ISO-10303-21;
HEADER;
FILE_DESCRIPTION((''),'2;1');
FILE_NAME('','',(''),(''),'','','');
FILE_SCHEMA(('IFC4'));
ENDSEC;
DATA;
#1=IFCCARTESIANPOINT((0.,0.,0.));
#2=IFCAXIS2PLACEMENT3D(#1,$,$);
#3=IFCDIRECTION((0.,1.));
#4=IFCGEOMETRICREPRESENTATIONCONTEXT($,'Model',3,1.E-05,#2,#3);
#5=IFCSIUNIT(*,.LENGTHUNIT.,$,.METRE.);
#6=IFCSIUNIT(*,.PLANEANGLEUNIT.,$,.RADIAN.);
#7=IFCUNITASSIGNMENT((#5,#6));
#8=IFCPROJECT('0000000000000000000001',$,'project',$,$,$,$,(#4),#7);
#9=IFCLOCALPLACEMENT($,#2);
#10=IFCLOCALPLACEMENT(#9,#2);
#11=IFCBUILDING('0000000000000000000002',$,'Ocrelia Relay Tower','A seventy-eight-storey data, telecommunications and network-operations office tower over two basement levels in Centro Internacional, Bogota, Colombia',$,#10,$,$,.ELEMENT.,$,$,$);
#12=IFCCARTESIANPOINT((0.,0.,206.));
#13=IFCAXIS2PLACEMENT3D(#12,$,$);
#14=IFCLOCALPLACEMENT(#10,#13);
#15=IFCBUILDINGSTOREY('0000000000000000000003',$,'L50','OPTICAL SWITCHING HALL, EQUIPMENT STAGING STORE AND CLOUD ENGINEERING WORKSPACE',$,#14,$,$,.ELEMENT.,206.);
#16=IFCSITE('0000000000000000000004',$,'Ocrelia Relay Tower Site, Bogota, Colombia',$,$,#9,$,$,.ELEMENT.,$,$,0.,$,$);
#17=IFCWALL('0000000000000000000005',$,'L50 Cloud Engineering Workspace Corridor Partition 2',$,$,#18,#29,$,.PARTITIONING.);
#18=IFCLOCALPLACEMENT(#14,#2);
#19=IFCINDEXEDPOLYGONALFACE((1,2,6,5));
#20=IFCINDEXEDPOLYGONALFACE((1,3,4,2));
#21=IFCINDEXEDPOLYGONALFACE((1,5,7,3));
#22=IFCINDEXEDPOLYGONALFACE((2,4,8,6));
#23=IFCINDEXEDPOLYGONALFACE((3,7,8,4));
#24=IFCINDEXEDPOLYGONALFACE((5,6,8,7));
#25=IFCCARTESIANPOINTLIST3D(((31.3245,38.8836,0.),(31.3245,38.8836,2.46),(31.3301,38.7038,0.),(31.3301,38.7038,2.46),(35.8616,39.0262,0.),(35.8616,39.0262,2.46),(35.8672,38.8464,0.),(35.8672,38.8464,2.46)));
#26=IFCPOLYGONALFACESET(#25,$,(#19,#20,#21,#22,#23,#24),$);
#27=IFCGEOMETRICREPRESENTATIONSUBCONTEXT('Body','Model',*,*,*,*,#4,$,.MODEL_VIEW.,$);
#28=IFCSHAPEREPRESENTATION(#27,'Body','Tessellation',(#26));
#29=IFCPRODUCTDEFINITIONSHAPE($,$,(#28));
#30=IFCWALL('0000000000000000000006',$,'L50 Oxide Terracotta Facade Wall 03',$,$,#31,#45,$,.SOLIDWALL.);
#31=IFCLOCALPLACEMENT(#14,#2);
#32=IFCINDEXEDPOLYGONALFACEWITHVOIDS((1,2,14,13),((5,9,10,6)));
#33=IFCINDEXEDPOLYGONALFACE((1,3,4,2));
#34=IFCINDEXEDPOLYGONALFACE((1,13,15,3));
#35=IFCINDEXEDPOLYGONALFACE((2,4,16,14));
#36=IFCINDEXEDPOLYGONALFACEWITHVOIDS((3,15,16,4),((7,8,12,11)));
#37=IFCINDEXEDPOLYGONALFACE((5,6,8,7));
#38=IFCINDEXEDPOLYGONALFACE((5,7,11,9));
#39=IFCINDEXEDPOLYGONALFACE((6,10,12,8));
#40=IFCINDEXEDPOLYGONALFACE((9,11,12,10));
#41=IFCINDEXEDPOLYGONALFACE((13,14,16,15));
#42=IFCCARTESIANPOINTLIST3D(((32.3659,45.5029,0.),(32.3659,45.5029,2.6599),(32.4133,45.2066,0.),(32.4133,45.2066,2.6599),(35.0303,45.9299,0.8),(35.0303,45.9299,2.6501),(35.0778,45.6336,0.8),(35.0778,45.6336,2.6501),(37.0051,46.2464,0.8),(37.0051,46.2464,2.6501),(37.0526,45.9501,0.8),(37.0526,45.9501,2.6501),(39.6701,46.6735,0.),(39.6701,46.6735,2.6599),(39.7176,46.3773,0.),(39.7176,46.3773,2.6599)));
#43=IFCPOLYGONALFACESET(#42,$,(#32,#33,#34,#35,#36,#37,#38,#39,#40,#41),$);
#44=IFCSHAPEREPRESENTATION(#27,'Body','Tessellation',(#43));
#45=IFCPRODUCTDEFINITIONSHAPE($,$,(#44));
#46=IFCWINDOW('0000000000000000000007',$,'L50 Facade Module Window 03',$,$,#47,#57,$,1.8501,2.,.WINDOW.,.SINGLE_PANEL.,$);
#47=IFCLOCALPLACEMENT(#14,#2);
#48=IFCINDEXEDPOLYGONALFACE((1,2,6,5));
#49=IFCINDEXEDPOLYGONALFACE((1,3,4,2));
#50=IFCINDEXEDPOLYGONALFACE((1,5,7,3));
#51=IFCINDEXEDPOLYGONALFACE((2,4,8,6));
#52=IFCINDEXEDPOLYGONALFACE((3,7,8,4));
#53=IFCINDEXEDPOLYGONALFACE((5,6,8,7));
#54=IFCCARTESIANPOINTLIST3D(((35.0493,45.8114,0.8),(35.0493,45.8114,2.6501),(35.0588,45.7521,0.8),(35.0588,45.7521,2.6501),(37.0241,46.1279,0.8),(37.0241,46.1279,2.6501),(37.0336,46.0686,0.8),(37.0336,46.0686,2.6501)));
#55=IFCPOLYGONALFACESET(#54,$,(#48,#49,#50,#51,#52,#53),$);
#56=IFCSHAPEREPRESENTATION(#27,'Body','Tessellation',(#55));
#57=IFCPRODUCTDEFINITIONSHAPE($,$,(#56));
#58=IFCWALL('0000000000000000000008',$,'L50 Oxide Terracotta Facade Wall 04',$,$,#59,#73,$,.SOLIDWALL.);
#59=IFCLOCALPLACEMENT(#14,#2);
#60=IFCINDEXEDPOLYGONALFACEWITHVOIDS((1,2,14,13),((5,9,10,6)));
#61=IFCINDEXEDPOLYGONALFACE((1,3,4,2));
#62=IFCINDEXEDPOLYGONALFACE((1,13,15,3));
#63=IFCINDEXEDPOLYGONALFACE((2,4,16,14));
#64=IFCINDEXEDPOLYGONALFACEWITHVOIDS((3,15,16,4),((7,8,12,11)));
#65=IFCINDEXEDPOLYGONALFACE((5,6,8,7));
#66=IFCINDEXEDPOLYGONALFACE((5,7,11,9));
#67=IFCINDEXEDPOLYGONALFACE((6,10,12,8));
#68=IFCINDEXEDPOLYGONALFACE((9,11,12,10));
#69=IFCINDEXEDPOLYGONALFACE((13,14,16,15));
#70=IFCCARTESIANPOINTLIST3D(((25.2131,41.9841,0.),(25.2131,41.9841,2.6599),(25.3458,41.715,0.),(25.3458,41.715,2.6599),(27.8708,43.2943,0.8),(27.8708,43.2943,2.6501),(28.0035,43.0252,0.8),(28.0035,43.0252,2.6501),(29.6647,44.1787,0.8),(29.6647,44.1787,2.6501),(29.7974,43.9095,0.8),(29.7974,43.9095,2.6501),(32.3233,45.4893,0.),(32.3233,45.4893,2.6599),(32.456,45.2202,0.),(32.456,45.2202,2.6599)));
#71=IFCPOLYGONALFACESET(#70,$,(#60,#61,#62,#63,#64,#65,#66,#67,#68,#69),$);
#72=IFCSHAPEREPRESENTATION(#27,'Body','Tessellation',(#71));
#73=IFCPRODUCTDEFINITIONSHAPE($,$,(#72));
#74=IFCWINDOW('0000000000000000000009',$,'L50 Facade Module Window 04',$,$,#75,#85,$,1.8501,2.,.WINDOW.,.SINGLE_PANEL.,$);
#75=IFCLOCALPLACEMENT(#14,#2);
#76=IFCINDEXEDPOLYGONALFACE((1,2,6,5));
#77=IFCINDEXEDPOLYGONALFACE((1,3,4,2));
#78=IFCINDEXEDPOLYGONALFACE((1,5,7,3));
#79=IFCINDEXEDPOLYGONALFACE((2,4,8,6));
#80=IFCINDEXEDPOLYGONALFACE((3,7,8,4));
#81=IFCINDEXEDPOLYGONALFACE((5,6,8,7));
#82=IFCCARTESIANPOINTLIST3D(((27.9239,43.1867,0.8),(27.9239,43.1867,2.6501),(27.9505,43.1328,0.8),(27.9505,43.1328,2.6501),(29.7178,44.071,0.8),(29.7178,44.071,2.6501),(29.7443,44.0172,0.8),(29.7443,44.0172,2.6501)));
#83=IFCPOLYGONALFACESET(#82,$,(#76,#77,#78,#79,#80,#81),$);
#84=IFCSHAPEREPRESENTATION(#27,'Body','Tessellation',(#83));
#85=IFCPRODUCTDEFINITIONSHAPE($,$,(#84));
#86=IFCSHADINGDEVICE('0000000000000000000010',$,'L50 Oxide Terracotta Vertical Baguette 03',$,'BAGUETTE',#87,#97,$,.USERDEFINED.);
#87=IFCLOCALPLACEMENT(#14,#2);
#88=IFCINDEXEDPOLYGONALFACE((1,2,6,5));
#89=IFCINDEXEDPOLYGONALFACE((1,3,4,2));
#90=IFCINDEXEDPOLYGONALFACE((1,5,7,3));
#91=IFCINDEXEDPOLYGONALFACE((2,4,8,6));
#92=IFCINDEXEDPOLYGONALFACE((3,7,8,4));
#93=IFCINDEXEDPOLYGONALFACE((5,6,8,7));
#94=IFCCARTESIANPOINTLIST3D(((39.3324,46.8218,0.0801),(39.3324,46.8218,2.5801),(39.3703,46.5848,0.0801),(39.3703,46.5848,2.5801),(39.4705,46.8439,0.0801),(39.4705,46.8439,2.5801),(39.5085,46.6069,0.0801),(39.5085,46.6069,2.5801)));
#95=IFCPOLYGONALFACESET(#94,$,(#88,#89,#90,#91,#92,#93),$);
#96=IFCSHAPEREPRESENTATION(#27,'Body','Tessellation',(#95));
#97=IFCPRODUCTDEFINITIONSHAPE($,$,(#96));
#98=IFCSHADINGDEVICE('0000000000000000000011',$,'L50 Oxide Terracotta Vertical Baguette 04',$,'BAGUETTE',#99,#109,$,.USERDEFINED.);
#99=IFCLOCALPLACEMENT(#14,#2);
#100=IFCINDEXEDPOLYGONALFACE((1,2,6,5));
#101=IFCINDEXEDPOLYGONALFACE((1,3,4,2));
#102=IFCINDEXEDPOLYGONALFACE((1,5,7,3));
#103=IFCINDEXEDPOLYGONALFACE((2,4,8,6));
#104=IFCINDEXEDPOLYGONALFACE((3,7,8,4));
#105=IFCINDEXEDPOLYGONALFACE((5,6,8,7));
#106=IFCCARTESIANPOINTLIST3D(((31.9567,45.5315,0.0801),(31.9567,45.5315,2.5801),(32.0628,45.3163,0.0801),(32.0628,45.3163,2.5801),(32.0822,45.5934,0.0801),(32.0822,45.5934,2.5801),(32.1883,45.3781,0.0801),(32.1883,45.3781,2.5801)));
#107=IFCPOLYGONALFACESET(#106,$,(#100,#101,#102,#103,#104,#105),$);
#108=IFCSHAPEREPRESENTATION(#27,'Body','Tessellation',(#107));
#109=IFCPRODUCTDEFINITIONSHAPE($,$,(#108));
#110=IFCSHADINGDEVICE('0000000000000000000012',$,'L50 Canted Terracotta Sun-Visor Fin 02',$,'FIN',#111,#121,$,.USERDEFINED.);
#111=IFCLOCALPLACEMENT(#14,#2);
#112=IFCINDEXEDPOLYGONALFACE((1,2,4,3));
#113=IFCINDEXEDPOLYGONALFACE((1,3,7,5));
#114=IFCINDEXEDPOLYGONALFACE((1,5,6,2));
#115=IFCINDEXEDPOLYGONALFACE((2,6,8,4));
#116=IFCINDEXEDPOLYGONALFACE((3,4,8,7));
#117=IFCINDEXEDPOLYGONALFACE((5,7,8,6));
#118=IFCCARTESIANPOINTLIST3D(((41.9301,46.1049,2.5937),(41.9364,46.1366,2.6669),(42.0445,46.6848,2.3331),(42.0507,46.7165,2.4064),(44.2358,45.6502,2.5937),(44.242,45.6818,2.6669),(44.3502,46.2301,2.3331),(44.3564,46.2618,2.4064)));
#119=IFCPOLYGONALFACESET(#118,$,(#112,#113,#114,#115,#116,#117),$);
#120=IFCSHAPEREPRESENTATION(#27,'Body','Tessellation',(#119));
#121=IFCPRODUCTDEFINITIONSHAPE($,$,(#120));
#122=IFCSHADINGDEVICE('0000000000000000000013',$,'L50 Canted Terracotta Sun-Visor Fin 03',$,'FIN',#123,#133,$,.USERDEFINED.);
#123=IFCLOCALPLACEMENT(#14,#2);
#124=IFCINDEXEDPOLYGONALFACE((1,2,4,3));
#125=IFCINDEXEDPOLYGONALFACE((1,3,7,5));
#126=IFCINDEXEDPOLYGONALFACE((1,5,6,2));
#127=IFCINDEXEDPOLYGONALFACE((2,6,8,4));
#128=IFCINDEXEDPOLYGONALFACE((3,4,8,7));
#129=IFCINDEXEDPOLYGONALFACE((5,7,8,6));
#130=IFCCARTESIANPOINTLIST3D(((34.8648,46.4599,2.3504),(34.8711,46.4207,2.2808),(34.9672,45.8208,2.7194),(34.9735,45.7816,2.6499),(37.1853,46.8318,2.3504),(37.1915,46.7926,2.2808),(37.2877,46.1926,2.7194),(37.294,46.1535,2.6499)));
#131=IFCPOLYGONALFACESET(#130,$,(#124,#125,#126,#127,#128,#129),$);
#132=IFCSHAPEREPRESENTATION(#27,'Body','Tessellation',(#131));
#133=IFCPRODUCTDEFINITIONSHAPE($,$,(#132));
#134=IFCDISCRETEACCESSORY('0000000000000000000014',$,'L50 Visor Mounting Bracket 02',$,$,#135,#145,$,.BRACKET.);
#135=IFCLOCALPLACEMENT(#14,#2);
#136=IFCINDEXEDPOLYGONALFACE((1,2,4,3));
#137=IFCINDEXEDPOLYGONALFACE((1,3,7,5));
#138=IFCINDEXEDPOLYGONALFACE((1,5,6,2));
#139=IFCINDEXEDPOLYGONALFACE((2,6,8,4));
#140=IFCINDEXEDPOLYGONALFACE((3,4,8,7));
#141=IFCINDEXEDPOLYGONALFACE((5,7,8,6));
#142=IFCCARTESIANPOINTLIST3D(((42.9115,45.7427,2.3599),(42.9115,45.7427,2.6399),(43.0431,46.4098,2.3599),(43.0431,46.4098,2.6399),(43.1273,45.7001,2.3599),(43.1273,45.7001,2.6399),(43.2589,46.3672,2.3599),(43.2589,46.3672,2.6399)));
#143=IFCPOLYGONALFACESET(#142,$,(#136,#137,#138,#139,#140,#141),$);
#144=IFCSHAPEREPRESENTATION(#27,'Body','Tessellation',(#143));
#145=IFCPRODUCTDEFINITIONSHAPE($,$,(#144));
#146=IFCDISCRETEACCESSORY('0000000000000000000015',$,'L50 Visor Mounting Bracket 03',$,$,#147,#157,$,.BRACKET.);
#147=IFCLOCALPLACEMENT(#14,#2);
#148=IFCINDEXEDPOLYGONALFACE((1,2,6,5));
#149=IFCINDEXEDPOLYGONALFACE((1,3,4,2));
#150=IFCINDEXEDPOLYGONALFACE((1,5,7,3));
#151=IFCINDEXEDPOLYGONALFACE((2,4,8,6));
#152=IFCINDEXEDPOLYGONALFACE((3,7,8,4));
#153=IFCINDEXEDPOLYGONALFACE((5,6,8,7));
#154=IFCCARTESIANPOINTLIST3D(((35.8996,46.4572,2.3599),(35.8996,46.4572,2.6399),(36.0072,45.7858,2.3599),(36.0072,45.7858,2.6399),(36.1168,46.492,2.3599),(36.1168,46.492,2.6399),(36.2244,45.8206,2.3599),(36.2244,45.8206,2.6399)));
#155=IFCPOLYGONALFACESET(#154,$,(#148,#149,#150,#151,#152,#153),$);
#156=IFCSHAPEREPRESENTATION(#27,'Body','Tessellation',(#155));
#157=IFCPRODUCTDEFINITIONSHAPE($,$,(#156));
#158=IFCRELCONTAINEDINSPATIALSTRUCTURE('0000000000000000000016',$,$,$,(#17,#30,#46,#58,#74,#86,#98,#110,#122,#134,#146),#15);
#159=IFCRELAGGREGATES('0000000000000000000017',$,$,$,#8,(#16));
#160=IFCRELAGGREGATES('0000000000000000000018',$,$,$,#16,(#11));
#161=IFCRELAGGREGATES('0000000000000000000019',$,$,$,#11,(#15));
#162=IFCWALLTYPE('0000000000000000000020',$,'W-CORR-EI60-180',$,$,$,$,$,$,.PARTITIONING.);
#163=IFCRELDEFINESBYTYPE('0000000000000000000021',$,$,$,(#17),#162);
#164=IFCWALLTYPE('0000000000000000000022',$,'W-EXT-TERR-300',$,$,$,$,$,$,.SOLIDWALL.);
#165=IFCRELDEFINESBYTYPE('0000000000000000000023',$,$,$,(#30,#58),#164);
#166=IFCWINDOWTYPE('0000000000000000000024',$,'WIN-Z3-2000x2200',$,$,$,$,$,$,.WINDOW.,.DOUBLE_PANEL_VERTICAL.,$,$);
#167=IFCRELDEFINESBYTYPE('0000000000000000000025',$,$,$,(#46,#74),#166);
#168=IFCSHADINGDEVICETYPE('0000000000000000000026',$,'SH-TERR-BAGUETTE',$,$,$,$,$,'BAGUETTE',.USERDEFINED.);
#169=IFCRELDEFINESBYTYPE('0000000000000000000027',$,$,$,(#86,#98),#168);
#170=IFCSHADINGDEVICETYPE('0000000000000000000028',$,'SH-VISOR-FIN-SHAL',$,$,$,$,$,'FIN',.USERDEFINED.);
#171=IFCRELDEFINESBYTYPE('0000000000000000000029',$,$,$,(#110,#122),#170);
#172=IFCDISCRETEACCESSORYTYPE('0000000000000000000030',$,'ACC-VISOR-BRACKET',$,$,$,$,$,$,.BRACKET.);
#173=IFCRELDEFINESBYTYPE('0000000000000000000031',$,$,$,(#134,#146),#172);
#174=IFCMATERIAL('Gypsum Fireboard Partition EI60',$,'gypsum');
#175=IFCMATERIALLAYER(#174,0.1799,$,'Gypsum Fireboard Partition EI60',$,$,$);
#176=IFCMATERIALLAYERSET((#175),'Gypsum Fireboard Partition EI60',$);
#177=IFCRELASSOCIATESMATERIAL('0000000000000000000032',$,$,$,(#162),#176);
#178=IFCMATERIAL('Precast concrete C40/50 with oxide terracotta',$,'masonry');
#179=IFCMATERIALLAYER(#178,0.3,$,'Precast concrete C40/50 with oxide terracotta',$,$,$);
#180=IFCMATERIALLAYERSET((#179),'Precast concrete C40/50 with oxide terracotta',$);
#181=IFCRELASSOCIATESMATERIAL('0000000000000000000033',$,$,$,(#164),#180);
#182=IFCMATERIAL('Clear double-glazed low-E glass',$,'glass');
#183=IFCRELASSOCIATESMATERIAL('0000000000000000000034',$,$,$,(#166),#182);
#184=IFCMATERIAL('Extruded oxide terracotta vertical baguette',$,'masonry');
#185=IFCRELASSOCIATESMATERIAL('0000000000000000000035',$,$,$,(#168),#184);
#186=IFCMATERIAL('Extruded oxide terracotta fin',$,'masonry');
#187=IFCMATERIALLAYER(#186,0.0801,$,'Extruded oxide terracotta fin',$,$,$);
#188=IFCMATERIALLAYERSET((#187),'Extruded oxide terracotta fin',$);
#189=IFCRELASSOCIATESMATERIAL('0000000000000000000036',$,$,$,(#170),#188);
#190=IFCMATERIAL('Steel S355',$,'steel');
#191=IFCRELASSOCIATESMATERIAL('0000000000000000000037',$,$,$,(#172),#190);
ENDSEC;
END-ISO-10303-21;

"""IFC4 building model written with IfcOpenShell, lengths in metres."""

from ifc_helpers import new_model, si_unit, direction, frame, frame_2d, origin, origin_2d, place, context, subcontext, project, spatial, rectangle, extrude, material, layer, layer_set, type_object, element, fill, save


model = new_model("IFC4")

# Units and contexts
model_context = context("Model", 3, precision=1e-05, world=origin(), true_north=direction((0.0, 1.0)))
body_context = subcontext(model_context, "Body", "Model", "MODEL_VIEW")
ifc_project = project(units=[si_unit("LENGTHUNIT", "METRE"), si_unit("PLANEANGLEUNIT", "RADIAN")], contexts=[model_context])

# Site, building, storey
site_placement = place(None, origin())
site = spatial("IfcSite", under=ifc_project, at=site_placement, Name="Ocrelia Relay Tower Site, Bogota, Colombia", CompositionType="ELEMENT", RefElevation=0.0)
building_placement = place(site_placement, origin())
building = spatial("IfcBuilding", under=site, at=building_placement, Name="Ocrelia Relay Tower", Description="A seventy-eight-storey data, telecommunications and network-operations office tower over two basement levels in Centro Internacional, Bogota, Colombia", CompositionType="ELEMENT")
storey_placement = place(building_placement, frame((0.0, 0.0, 206.0)))
storey = spatial("IfcBuildingStorey", under=building, at=storey_placement, Name="L50", Description="OPTICAL SWITCHING HALL, EQUIPMENT STAGING STORE AND CLOUD ENGINEERING WORKSPACE", CompositionType="ELEMENT", Elevation=206.0)

# Shared definitions
ifc_material_1 = material(Name="Steel S355", Category="steel")

# Wall
ifc_material_2 = material(Name="Gypsum Fireboard Partition EI60", Category="gypsum")
ifc_layer_1 = layer(ifc_material_2, 0.1799, Name="Gypsum Fireboard Partition EI60")
ifc_layer_set_1 = layer_set([ifc_layer_1], Name="Gypsum Fireboard Partition EI60")
wall_type_1 = type_object("IfcWallType", Name="W-CORR-EI60-180", PredefinedType="PARTITIONING", material=ifc_layer_set_1)
wall_1_placement = place(storey_placement, frame((35.8643, 38.9363, 0.0), z_axis=(0.0, 0.0, 1.0), x_axis=(-0.999507, -0.031409, 0.0)))
element("IfcWall", 1, at=wall_1_placement, inside=storey, type_object=wall_type_1, Name="L50 Cloud Engineering Workspace Corridor Partition 2", PredefinedType="PARTITIONING", context=body_context, shape_type="SweptSolid", body=[
    extrude(rectangle(XDim=4.5393, YDim=0.1799, at=frame_2d((2.2695, 0.0))), origin(), (0.0, 0.0, 1.0), 2.46),
])

# Walls, openings, windows
ifc_material_3 = material(Name="Precast concrete C40/50 with oxide terracotta", Category="masonry")
ifc_layer_2 = layer(ifc_material_3, 0.3, Name="Precast concrete C40/50 with oxide terracotta")
ifc_layer_set_2 = layer_set([ifc_layer_2], Name="Precast concrete C40/50 with oxide terracotta")
wall_type_2 = type_object("IfcWallType", Name="W-EXT-TERR-300", PredefinedType="SOLIDWALL", material=ifc_layer_set_2)
wall_2_placement = place(storey_placement, frame((39.6938, 46.5254, 0.0), z_axis=(0.0, 0.0, 1.0), x_axis=(-0.987399, -0.158252, 0.0)))
wall_2 = element("IfcWall", 2, at=wall_2_placement, inside=storey, type_object=wall_type_2, Name="L50 Oxide Terracotta Facade Wall 03", PredefinedType="SOLIDWALL", context=body_context, shape_type="SweptSolid", body=[
    extrude(rectangle(XDim=7.3975, YDim=0.3, at=frame_2d((3.6987, 0.0))), origin(), (0.0, 0.0, 1.0), 2.6599),
])
opening_1_placement = place(wall_2_placement, frame((2.699, 0.0, 0.8)))
opening_1 = element("IfcOpeningElement", 3, at=opening_1_placement, cuts=wall_2, PredefinedType="OPENING", context=body_context, shape_type="SweptSolid", body=[
    extrude(rectangle(XDim=2.0, YDim=1.8501, at=frame_2d((1.0, 0.925))), frame((0.0, 0.1602, 0.0), z_axis=(0.0, -1.0, 0.0), x_axis=(1.0, 0.0, 0.0)), (0.0, 0.0, 1.0), 0.3201),
])
ifc_material_4 = material(Name="Clear double-glazed low-E glass", Category="glass")
window_type = type_object("IfcWindowType", Name="WIN-Z3-2000x2200", PartitioningType="DOUBLE_PANEL_VERTICAL", PredefinedType="WINDOW", material=ifc_material_4)
window_1_placement = place(opening_1_placement, origin())
window_1 = element("IfcWindow", 4, at=window_1_placement, inside=storey, type_object=window_type, Name="L50 Facade Module Window 03", OverallHeight=1.8501, OverallWidth=2.0, PartitioningType="SINGLE_PANEL", PredefinedType="WINDOW", context=body_context, shape_type="SweptSolid", body=[
    extrude(rectangle(XDim=2.0, YDim=1.8501, at=frame_2d((1.0, 0.925))), frame((0.0, 0.03, 0.0), z_axis=(0.0, -1.0, 0.0), x_axis=(1.0, 0.0, 0.0)), (0.0, 0.0, 1.0), 0.0601),
])
fill(opening_1, window_1)
wall_3_placement = place(storey_placement, frame((32.3896, 45.3547, 0.0), z_axis=(0.0, 0.0, 1.0), x_axis=(-0.896932, -0.442168, 0.0)))
wall_3 = element("IfcWall", 5, at=wall_3_placement, inside=storey, type_object=wall_type_2, Name="L50 Oxide Terracotta Facade Wall 04", PredefinedType="SOLIDWALL", context=body_context, shape_type="SweptSolid", body=[
    extrude(rectangle(XDim=7.9272, YDim=0.3, at=frame_2d((3.9636, 0.0))), origin(), (0.0, 0.0, 1.0), 2.6599),
])
opening_2_placement = place(wall_3_placement, frame((2.9641, 0.0, 0.8)))
opening_2 = element("IfcOpeningElement", 6, at=opening_2_placement, cuts=wall_3, PredefinedType="OPENING", context=body_context, shape_type="SweptSolid", body=[
    extrude(rectangle(XDim=2.0, YDim=1.8501, at=frame_2d((1.0, 0.925))), frame((0.0, 0.1602, 0.0), z_axis=(0.0, -1.0, 0.0), x_axis=(1.0, 0.0, 0.0)), (0.0, 0.0, 1.0), 0.3201),
])
window_2_placement = place(opening_2_placement, origin())
window_2 = element("IfcWindow", 7, at=window_2_placement, inside=storey, type_object=window_type, Name="L50 Facade Module Window 04", OverallHeight=1.8501, OverallWidth=2.0, PartitioningType="SINGLE_PANEL", PredefinedType="WINDOW", context=body_context, shape_type="SweptSolid", body=[
    extrude(rectangle(XDim=2.0, YDim=1.8501, at=frame_2d((1.0, 0.925))), frame((0.0, 0.03, 0.0), z_axis=(0.0, -1.0, 0.0), x_axis=(1.0, 0.0, 0.0)), (0.0, 0.0, 1.0), 0.0601),
])
fill(opening_2, window_2)

# Shading devices
ifc_material_5 = material(Name="Extruded oxide terracotta vertical baguette", Category="masonry")
shading_device_type_1 = type_object("IfcShadingDeviceType", Name="SH-TERR-BAGUETTE", ElementType="BAGUETTE", PredefinedType="USERDEFINED", material=ifc_material_5)
for number, where, z_axis, x_axis, name in (
    (8, (39.4204, 46.7144, 0.0801), (0.0, 0.0, 1.0), (-0.9874, -0.158243, 0.0), "L50 Oxide Terracotta Vertical Baguette 03"),
    (9, (32.0725, 45.4548, 0.0801), (0.0, 0.0, 1.0), (-0.896938, -0.442155, 0.0), "L50 Oxide Terracotta Vertical Baguette 04"),
):
    element("IfcShadingDevice", number, at=place(storey_placement, frame(where, z_axis=z_axis, x_axis=x_axis)), inside=storey, type_object=shading_device_type_1, Name=name, ObjectType="BAGUETTE", PredefinedType="USERDEFINED", context=body_context, shape_type="SweptSolid", body=[
        extrude(rectangle(XDim=0.1399, YDim=0.24, at=origin_2d()), origin(), (0.0, 0.0, 1.0), 2.5),
    ])
ifc_material_6 = material(Name="Extruded oxide terracotta fin", Category="masonry")
ifc_layer_3 = layer(ifc_material_6, 0.0801, Name="Extruded oxide terracotta fin")
ifc_layer_set_3 = layer_set([ifc_layer_3], Name="Extruded oxide terracotta fin")
shading_device_type_2 = type_object("IfcShadingDeviceType", Name="SH-VISOR-FIN-SHAL", ElementType="FIN", PredefinedType="USERDEFINED", material=ifc_layer_set_3)
shading_device_1_placement = place(storey_placement, frame((43.1401, 46.1675, 2.4634), z_axis=(0.078051, 0.395763, 0.91503), x_axis=(-0.981102, 0.19349, 0.0)))
element("IfcShadingDevice", 10, at=shading_device_1_placement, inside=storey, type_object=shading_device_type_2, Name="L50 Canted Terracotta Sun-Visor Fin 02", ObjectType="FIN", PredefinedType="USERDEFINED", context=body_context, shape_type="SweptSolid", body=[
    extrude(rectangle(XDim=2.3501, YDim=0.646, at=origin_2d()), origin(), (0.0, 0.0, 1.0), 0.0801),
])
shading_device_2_placement = place(storey_placement, frame((36.0825, 46.2871, 2.4653), z_axis=(-0.078379, 0.489066, 0.868718), x_axis=(-0.9874, -0.158243, 0.0)))
element("IfcShadingDevice", 11, at=shading_device_2_placement, inside=storey, type_object=shading_device_type_2, Name="L50 Canted Terracotta Sun-Visor Fin 03", ObjectType="FIN", PredefinedType="USERDEFINED", context=body_context, shape_type="SweptSolid", body=[
    extrude(rectangle(XDim=2.3501, YDim=0.7451, at=origin_2d()), origin(), (0.0, 0.0, 1.0), 0.0801),
])

# Discrete accessories
discrete_accessory_type = type_object("IfcDiscreteAccessoryType", Name="ACC-VISOR-BRACKET", PredefinedType="BRACKET", material=ifc_material_1)
for number, where, z_axis, x_axis, name in (
    (12, (43.0852, 46.0549, 2.3599), (0.0, 0.0, 1.0), (-0.981102, 0.19349, 0.0), "L50 Visor Mounting Bracket 02"),
    (13, (36.062, 46.1389, 2.3599), (0.0, 0.0, 1.0), (-0.9874, -0.158243, 0.0), "L50 Visor Mounting Bracket 03"),
):
    element("IfcDiscreteAccessory", number, at=place(storey_placement, frame(where, z_axis=z_axis, x_axis=x_axis)), inside=storey, type_object=discrete_accessory_type, Name=name, PredefinedType="BRACKET", context=body_context, shape_type="SweptSolid", body=[
        extrude(rectangle(XDim=0.22, YDim=0.6799, at=origin_2d()), origin(), (0.0, 0.0, 1.0), 0.28),
    ])

save(model, "model.ifc")
